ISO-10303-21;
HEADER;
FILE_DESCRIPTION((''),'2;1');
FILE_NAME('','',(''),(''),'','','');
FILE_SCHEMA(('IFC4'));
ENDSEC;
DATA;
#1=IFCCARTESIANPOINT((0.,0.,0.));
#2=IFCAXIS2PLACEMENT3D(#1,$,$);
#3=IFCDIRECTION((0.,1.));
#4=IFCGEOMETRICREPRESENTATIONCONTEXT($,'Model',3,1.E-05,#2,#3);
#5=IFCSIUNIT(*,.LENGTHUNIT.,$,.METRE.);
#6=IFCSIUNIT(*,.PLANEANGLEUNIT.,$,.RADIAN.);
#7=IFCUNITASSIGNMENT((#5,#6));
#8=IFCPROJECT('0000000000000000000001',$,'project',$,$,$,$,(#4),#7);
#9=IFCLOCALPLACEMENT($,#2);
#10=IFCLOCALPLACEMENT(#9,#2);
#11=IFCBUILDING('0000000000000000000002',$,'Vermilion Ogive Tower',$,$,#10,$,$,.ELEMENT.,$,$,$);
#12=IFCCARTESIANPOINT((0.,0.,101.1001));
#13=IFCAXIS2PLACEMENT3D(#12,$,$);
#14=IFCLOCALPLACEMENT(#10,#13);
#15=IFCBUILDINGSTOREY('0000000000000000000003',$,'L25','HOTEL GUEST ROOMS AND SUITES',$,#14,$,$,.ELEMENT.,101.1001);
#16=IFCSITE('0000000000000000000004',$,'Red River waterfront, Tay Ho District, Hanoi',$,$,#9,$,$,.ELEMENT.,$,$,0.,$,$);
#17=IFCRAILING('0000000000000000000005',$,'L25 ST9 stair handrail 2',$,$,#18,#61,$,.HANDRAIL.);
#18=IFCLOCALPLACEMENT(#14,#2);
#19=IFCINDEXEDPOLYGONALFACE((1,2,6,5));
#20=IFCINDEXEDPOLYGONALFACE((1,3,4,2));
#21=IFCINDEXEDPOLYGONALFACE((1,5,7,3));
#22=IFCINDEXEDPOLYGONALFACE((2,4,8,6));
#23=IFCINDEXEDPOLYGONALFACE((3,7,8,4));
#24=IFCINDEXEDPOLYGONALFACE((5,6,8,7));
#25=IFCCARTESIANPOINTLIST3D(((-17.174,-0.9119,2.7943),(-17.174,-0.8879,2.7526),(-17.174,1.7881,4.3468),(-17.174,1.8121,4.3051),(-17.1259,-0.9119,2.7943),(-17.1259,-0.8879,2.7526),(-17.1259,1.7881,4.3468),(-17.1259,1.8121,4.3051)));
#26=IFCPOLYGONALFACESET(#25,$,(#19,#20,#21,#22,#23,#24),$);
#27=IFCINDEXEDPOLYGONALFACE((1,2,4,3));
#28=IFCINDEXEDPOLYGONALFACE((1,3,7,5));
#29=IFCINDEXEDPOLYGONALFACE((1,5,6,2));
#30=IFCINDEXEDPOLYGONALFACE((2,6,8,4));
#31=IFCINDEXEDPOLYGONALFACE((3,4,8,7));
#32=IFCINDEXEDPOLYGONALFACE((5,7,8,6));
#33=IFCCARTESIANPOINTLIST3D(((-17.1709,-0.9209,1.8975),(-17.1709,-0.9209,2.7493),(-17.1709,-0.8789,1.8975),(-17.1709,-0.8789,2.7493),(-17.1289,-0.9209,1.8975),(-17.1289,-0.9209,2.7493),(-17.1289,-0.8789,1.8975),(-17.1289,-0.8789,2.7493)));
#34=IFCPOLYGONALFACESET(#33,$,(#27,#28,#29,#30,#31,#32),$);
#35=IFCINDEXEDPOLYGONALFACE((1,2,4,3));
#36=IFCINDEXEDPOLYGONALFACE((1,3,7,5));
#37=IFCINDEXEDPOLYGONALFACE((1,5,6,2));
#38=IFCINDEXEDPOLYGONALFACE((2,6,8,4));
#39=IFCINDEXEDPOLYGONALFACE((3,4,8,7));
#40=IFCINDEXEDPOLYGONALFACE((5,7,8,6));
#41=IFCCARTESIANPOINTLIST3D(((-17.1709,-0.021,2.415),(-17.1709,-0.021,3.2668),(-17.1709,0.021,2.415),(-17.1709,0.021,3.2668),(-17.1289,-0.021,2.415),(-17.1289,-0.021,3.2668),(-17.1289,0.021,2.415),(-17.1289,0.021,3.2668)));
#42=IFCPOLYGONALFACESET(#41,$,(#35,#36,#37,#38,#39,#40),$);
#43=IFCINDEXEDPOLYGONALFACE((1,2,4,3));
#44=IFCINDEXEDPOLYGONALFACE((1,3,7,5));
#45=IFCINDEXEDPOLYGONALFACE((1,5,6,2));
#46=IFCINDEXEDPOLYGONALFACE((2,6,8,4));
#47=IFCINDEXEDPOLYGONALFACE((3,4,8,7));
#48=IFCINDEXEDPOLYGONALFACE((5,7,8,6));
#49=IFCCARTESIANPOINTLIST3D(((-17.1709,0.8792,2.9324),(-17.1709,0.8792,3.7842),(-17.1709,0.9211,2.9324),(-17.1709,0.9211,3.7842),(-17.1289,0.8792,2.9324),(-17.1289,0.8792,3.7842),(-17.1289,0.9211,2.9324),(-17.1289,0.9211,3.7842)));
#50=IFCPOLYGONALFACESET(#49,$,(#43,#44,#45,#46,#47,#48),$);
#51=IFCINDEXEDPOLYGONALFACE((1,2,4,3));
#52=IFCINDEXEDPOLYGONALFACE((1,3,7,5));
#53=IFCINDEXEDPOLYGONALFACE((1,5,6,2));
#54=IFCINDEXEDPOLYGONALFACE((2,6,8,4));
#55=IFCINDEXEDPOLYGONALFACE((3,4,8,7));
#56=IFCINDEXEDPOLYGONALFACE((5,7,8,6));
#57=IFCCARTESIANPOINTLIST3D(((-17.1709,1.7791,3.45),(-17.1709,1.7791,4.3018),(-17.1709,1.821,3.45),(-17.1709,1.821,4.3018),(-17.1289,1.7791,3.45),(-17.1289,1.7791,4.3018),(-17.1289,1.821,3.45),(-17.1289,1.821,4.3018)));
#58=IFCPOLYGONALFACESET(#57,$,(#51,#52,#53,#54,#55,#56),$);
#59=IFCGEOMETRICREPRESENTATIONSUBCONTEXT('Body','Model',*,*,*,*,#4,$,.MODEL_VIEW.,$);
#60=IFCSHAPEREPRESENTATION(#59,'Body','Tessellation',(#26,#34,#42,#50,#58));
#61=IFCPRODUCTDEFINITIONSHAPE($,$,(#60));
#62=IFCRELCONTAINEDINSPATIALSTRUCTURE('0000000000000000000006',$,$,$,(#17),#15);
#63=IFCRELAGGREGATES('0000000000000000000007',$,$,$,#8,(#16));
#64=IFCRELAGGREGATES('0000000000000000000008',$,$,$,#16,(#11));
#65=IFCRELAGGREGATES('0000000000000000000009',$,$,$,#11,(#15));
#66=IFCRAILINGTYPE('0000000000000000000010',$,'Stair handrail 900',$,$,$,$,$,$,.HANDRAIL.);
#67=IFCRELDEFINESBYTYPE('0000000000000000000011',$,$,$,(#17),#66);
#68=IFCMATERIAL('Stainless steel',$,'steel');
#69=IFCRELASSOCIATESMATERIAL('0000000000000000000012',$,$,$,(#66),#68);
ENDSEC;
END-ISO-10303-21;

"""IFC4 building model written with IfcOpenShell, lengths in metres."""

from ifc_helpers import new_model, si_unit, direction, frame, origin, origin_2d, place, context, subcontext, project, spatial, rectangle, extrude, material, type_object, element, save


model = new_model("IFC4")

# Units and contexts
model_context = context("Model", 3, precision=1e-05, world=origin(), true_north=direction((0.0, 1.0)))
body_context = subcontext(model_context, "Body", "Model", "MODEL_VIEW")
ifc_project = project(units=[si_unit("LENGTHUNIT", "METRE"), si_unit("PLANEANGLEUNIT", "RADIAN")], contexts=[model_context])

# Site, building, storey
site_placement = place(None, origin())
site = spatial("IfcSite", under=ifc_project, at=site_placement, Name="Red River waterfront, Tay Ho District, Hanoi", CompositionType="ELEMENT", RefElevation=0.0)
building_placement = place(site_placement, origin())
building = spatial("IfcBuilding", under=site, at=building_placement, Name="Vermilion Ogive Tower", CompositionType="ELEMENT")
storey_placement = place(building_placement, frame((0.0, 0.0, 101.1001)))
storey = spatial("IfcBuildingStorey", under=building, at=storey_placement, Name="L25", Description="HOTEL GUEST ROOMS AND SUITES", CompositionType="ELEMENT", Elevation=101.1001)

# Railing
ifc_material_1 = material(Name="Stainless steel", Category="steel")
railing_type = type_object("IfcRailingType", Name="Stair handrail 900", PredefinedType="HANDRAIL", material=ifc_material_1)
railing_placement = place(storey_placement, frame((-17.1499, -0.8999, 1.8975)))
element("IfcRailing", 1, at=railing_placement, inside=storey, type_object=railing_type, Name="L25 ST9 stair handrail 2", PredefinedType="HANDRAIL", context=body_context, shape_type="SweptSolid", body=[
    extrude(rectangle(XDim=0.0481, YDim=0.0481, at=origin_2d()), frame((0.0, 0.0, 0.876), z_axis=(0.0, 0.866904, 0.498476), x_axis=(-1.0, 0.0, 0.0)), (0.0, 0.0, 1.0), 3.1145),
    extrude(rectangle(XDim=0.042, YDim=0.042, at=origin_2d()), origin(), (0.0, 0.0, 1.0), 0.8518),
    extrude(rectangle(XDim=0.042, YDim=0.042, at=origin_2d()), frame((0.0, 0.8999, 0.5176)), (0.0, 0.0, 1.0), 0.8518),
    extrude(rectangle(XDim=0.042, YDim=0.042, at=origin_2d()), frame((0.0, 1.8, 1.0349)), (0.0, 0.0, 1.0), 0.8518),
    extrude(rectangle(XDim=0.042, YDim=0.042, at=origin_2d()), frame((0.0, 2.7, 1.5525)), (0.0, 0.0, 1.0), 0.8518),
])

save(model, "model.ifc")
